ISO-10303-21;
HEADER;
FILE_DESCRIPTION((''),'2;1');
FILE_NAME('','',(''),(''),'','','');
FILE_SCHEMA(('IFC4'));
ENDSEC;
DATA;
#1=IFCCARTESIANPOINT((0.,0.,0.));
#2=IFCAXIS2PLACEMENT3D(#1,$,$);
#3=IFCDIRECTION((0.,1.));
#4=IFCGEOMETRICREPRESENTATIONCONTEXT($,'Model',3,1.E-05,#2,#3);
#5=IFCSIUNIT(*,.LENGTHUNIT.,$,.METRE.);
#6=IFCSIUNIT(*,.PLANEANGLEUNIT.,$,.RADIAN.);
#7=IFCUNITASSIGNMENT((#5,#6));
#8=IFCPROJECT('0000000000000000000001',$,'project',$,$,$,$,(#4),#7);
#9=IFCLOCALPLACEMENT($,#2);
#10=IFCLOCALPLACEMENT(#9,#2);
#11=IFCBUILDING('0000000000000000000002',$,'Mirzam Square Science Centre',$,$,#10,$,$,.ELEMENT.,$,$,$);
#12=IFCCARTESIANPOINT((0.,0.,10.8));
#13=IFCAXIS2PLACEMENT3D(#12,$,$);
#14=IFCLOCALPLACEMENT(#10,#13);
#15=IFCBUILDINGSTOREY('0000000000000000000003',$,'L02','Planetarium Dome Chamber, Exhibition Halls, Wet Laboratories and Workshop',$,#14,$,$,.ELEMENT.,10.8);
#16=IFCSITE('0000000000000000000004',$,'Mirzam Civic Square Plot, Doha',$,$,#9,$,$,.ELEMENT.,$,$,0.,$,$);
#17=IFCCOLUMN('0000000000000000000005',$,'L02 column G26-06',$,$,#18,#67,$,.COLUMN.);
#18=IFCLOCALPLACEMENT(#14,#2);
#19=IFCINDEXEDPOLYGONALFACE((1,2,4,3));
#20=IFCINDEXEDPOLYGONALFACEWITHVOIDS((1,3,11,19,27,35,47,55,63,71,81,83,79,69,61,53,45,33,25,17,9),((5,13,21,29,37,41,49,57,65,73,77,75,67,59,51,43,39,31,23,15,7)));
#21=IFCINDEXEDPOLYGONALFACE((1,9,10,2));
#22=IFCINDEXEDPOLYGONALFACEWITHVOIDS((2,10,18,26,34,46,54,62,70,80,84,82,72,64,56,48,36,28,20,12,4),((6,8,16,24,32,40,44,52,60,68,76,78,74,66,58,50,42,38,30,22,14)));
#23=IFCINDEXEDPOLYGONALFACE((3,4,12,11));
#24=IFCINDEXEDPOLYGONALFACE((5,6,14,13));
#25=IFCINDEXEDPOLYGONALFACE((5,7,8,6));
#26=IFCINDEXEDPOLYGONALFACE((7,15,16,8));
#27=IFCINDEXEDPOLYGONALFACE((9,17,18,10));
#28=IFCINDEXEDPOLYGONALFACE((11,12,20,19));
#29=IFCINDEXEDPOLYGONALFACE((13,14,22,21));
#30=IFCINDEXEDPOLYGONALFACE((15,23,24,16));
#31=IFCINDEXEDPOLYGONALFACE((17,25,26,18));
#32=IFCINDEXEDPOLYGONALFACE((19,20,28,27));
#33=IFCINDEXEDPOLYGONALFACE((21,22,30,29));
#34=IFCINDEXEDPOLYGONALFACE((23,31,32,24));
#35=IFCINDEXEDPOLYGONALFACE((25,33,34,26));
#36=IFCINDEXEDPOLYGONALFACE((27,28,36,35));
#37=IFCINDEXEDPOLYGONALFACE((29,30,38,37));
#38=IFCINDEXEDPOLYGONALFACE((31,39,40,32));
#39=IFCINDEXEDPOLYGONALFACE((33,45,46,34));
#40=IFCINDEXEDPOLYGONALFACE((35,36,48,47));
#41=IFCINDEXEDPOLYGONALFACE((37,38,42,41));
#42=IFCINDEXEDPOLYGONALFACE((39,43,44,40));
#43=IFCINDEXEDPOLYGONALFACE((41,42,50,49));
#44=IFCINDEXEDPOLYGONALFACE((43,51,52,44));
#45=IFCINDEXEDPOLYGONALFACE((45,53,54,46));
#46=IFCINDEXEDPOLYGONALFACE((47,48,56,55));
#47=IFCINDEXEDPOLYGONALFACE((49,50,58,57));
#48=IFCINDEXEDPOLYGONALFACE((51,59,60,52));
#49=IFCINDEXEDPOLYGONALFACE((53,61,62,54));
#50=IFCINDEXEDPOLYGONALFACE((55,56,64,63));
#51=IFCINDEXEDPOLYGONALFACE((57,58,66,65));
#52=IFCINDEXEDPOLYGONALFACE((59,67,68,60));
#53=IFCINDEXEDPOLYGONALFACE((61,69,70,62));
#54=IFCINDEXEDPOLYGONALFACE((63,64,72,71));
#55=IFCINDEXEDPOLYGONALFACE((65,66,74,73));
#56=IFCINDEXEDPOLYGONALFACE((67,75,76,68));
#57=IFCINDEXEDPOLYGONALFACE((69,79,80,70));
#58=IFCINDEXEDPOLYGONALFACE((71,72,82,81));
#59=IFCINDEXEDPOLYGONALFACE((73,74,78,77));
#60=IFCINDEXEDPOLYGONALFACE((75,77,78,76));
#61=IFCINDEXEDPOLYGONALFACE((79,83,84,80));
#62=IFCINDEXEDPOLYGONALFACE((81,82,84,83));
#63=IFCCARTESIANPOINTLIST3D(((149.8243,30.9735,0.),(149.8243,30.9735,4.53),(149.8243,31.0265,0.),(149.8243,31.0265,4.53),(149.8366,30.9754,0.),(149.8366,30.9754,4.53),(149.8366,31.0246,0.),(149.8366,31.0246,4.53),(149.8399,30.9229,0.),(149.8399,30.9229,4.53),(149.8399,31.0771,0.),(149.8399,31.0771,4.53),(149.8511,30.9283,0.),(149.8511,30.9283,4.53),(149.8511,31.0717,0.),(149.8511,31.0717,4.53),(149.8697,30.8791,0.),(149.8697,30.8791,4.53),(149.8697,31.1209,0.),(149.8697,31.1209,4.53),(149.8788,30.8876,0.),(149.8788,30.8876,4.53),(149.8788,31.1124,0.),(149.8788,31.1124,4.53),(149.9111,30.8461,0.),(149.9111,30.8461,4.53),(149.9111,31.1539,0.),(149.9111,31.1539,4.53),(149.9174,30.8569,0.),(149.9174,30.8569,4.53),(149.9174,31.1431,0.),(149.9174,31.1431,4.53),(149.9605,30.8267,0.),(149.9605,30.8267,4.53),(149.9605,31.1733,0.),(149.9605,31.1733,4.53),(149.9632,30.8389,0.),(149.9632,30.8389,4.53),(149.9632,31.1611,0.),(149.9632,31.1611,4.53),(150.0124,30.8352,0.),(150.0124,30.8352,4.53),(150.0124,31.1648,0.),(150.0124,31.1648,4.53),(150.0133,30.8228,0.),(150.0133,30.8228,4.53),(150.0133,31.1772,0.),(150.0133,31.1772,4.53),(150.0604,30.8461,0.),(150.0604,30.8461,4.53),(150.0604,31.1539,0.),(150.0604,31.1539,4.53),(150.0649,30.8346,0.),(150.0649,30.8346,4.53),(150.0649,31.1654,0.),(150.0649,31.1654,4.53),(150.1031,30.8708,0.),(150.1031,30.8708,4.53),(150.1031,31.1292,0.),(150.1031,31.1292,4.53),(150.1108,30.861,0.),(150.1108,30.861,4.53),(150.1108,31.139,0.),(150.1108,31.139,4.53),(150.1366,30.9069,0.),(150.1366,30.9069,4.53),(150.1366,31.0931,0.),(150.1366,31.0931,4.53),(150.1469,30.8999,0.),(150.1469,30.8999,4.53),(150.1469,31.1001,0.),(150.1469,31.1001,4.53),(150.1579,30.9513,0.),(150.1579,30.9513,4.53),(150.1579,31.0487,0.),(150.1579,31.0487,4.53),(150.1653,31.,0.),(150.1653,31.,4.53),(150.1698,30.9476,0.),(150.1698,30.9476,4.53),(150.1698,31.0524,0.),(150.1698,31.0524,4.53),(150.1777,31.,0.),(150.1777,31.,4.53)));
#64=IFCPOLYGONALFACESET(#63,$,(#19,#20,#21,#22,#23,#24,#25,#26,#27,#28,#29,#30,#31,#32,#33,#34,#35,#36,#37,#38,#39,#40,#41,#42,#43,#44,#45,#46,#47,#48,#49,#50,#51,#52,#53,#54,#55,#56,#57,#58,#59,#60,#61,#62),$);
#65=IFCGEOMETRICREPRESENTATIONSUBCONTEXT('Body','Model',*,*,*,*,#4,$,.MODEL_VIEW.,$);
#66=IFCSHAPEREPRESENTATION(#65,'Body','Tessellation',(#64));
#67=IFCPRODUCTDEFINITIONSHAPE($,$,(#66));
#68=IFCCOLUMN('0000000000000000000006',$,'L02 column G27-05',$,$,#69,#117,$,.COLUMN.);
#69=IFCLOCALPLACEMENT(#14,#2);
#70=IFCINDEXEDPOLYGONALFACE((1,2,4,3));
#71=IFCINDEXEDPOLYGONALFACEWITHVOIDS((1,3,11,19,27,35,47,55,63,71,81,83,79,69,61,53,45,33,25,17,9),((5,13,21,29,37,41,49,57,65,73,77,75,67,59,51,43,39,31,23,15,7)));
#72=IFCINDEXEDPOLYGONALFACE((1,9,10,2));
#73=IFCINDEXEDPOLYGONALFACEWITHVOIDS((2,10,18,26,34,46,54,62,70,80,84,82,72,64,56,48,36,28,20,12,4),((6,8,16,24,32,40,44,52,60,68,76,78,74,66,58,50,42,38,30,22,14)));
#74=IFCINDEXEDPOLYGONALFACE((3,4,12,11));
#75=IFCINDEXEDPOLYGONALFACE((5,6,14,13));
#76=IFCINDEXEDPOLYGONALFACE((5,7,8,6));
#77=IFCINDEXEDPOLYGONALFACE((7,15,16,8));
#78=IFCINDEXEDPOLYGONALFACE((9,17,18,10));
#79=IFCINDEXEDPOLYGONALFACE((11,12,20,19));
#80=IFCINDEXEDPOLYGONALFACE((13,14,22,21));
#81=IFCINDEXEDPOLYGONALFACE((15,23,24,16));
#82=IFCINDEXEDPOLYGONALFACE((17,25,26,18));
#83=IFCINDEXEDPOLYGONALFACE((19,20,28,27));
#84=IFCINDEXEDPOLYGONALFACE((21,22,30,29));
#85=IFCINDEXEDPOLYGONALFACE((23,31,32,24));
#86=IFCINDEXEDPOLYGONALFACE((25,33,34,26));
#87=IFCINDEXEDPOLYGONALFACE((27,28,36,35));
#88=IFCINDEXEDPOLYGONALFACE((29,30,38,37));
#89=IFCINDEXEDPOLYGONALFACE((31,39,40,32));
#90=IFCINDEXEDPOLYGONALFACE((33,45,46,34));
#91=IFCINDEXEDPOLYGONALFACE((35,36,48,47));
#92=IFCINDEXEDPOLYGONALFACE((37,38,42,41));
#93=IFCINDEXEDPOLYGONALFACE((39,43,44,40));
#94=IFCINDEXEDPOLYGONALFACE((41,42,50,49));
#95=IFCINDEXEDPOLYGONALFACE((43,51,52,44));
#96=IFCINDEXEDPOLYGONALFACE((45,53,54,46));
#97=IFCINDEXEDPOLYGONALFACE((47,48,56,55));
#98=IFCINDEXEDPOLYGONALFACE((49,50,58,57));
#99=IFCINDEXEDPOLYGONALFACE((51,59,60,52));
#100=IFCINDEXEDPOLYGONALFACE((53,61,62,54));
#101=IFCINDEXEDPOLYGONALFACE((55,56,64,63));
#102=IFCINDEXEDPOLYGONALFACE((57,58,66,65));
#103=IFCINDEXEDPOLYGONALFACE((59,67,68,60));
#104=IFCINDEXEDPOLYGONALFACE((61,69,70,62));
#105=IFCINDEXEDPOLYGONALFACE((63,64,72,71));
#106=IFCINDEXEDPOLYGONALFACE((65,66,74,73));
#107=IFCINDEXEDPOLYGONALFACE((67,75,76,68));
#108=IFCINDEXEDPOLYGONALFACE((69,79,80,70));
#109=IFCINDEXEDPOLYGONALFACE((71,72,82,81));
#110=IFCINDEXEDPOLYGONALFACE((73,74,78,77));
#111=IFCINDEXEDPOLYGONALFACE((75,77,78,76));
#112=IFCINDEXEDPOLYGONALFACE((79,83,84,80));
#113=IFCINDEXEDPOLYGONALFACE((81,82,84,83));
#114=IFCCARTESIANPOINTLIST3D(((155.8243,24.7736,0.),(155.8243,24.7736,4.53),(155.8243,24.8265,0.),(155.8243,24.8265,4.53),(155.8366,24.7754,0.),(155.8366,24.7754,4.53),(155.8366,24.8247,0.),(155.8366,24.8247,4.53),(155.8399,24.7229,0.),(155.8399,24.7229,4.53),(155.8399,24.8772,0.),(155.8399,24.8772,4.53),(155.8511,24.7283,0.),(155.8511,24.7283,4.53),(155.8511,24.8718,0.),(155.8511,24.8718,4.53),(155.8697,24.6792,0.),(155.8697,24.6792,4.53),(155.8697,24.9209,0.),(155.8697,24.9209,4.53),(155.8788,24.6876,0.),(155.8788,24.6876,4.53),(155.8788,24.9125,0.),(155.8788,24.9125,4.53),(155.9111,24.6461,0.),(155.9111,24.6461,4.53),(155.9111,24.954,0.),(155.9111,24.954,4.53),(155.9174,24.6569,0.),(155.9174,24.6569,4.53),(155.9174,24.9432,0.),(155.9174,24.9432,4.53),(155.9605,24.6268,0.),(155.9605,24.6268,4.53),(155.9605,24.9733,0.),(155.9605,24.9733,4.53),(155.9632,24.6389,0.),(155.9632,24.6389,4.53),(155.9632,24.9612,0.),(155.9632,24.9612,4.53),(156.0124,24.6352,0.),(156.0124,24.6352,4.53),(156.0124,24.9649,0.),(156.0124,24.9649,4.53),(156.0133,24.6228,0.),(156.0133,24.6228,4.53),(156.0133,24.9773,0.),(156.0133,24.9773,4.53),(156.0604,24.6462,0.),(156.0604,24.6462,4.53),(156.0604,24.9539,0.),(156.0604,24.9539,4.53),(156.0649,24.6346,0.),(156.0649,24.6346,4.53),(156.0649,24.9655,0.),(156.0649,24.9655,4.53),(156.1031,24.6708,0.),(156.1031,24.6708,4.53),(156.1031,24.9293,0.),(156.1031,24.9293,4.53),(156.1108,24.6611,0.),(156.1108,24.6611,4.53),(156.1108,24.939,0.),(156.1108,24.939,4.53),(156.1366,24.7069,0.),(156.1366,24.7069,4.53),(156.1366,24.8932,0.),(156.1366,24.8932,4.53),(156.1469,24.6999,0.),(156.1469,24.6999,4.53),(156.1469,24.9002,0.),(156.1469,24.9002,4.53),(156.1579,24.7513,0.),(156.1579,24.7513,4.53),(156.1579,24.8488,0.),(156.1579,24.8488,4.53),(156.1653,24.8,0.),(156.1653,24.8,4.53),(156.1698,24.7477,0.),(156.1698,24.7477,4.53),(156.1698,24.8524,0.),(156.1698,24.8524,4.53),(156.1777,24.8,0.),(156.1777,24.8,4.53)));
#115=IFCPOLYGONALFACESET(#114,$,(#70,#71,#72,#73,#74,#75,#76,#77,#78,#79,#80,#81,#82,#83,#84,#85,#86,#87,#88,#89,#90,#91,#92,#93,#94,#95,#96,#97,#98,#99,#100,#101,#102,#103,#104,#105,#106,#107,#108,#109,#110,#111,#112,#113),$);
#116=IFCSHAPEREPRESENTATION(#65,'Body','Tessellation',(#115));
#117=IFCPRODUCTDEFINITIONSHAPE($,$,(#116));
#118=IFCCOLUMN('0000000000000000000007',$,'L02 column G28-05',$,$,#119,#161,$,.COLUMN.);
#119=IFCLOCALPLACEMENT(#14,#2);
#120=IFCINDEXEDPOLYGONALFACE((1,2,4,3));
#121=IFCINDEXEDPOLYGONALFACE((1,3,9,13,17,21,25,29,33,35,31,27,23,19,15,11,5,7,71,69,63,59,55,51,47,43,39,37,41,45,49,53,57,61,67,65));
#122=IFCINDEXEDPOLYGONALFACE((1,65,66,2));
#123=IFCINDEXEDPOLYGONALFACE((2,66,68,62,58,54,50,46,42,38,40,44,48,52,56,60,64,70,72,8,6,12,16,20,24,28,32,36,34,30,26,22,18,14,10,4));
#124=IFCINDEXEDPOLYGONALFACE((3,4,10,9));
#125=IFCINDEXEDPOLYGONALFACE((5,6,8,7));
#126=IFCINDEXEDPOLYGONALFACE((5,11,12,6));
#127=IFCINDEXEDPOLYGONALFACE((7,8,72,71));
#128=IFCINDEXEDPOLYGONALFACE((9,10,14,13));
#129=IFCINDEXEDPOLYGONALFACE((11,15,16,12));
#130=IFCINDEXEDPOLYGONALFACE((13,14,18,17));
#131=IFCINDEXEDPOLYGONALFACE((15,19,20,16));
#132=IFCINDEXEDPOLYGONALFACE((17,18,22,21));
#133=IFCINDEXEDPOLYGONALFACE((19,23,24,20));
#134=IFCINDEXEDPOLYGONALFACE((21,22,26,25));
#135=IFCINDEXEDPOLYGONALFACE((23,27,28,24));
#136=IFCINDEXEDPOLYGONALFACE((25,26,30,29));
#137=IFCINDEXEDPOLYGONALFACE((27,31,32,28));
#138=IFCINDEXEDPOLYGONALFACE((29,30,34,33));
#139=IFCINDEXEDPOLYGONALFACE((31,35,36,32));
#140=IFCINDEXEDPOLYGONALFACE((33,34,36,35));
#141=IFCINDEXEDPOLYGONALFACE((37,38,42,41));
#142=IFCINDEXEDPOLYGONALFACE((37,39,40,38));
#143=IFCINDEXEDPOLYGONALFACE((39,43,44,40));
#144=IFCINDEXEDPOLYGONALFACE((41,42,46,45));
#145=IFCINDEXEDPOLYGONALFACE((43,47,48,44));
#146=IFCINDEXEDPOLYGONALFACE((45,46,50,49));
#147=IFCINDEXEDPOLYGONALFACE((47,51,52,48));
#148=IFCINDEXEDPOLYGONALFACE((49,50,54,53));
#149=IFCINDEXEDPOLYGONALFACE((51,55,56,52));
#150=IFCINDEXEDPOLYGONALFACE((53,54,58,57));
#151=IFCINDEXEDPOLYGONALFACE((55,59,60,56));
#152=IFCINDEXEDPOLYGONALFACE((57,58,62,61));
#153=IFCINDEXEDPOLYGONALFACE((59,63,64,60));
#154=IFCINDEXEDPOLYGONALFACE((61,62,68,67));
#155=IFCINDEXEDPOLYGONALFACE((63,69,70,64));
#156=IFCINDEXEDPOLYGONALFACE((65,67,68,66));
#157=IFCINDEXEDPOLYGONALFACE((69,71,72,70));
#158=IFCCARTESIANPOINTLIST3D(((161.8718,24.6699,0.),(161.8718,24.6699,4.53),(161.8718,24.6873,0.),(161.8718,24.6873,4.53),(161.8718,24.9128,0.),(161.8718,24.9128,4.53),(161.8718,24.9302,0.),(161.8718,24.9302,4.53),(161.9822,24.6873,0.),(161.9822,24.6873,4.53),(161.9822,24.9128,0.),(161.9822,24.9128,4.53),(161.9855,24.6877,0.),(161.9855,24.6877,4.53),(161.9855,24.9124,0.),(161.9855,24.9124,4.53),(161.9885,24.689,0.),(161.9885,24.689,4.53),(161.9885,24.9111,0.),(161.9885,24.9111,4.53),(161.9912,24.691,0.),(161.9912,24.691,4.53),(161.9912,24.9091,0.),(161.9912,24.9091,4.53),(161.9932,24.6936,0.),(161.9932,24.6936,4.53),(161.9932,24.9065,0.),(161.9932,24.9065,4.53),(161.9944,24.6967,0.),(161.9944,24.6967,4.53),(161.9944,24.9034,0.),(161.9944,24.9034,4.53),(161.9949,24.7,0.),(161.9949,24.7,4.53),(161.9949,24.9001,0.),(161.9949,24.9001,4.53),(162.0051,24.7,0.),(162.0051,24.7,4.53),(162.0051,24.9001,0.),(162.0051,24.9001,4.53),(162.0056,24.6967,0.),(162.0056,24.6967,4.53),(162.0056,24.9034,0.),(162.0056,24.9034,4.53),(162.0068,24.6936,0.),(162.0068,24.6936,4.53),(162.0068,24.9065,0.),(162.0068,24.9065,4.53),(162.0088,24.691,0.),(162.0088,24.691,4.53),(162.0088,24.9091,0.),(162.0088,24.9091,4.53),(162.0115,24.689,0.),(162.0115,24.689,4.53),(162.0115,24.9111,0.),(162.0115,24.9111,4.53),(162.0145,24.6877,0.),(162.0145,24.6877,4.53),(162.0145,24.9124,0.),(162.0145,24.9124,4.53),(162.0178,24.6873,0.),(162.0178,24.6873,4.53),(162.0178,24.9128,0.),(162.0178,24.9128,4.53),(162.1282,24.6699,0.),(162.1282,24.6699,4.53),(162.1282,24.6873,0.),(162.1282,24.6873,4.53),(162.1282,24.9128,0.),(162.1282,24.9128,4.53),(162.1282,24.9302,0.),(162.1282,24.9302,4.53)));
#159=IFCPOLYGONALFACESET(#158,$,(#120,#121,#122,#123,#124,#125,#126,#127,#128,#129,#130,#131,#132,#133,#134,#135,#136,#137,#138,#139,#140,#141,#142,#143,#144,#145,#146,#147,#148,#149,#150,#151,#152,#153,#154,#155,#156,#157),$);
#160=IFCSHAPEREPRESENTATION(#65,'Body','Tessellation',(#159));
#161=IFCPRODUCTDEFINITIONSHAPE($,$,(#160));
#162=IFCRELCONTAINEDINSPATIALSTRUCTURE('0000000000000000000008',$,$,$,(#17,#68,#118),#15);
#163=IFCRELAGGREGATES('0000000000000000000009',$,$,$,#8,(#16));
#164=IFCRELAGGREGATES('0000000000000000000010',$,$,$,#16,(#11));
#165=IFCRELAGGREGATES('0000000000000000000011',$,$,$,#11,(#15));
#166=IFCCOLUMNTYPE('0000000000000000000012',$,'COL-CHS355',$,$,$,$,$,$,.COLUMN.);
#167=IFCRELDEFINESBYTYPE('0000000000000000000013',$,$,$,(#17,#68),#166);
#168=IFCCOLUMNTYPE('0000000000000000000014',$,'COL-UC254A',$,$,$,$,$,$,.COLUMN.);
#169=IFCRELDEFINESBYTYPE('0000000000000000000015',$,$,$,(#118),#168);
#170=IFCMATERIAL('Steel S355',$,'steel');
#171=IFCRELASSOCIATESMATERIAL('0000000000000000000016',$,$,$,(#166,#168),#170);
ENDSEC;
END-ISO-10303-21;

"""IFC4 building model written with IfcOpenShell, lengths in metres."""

from ifc_helpers import new_model, si_unit, direction, frame, origin, origin_2d, place, context, subcontext, project, spatial, hollow_circle, i_section, extrude, material, material_profile, profile_set, type_object, element, save


model = new_model("IFC4")

# Units and contexts
model_context = context("Model", 3, precision=1e-05, world=origin(), true_north=direction((0.0, 1.0)))
body_context = subcontext(model_context, "Body", "Model", "MODEL_VIEW")
ifc_project = project(units=[si_unit("LENGTHUNIT", "METRE"), si_unit("PLANEANGLEUNIT", "RADIAN")], contexts=[model_context])

# Site, building, storey
site_placement = place(None, origin())
site = spatial("IfcSite", under=ifc_project, at=site_placement, Name="Mirzam Civic Square Plot, Doha", CompositionType="ELEMENT", RefElevation=0.0)
building_placement = place(site_placement, origin())
building = spatial("IfcBuilding", under=site, at=building_placement, Name="Mirzam Square Science Centre", CompositionType="ELEMENT")
storey_placement = place(building_placement, frame((0.0, 0.0, 10.8)))
storey = spatial("IfcBuildingStorey", under=building, at=storey_placement, Name="L02", Description="Planetarium Dome Chamber, Exhibition Halls, Wet Laboratories and Workshop", CompositionType="ELEMENT", Elevation=10.8)

# Columns
ifc_material_1 = material(Name="Steel S355", Category="steel")
ifc_material_profile_1 = material_profile(ifc_material_1, hollow_circle(Radius=0.1777, WallThickness=0.0125, at=origin_2d()), Name="355.6x12.5CHS")
ifc_profile_set_1 = profile_set([ifc_material_profile_1], Name="Steel S355")
column_type_1 = type_object("IfcColumnType", Name="COL-CHS355", PredefinedType="COLUMN", material=ifc_profile_set_1)
for number, where, z_axis, x_axis, name in (
    (1, (150.0, 31.0, 0.0), (0.0, 0.0, 1.0), (1.0, 0.0, 0.0), "L02 column G26-06"),
    (2, (156.0, 24.8, 0.0), (0.0, 0.0, 1.0), (1.0, 0.0, 0.0), "L02 column G27-05"),
):
    element("IfcColumn", number, at=place(storey_placement, frame(where, z_axis=z_axis, x_axis=x_axis)), inside=storey, type_object=column_type_1, Name=name, PredefinedType="COLUMN", context=body_context, shape_type="SweptSolid", body=[
        extrude(hollow_circle(Radius=0.1777, WallThickness=0.0125, at=origin_2d()), origin(), (0.0, 0.0, 1.0), 4.53),
    ])
ifc_material_profile_2 = material_profile(ifc_material_1, i_section(OverallWidth=0.2563, OverallDepth=0.2603, WebThickness=0.0103, FlangeThickness=0.0173, FilletRadius=0.0127, at=origin_2d()), Name="254x254x89UC")
ifc_profile_set_2 = profile_set([ifc_material_profile_2], Name="Steel S355")
column_type_2 = type_object("IfcColumnType", Name="COL-UC254A", PredefinedType="COLUMN", material=ifc_profile_set_2)
column_placement = place(storey_placement, frame((162.0, 24.8, 0.0), z_axis=(0.0, 0.0, 1.0), x_axis=(1.0, 0.0, 0.0)))
element("IfcColumn", 3, at=column_placement, inside=storey, type_object=column_type_2, Name="L02 column G28-05", PredefinedType="COLUMN", context=body_context, shape_type="SweptSolid", body=[
    extrude(i_section(OverallWidth=0.2563, OverallDepth=0.2603, WebThickness=0.0103, FlangeThickness=0.0173, FilletRadius=0.0127, at=origin_2d()), origin(), (0.0, 0.0, 1.0), 4.53),
])

save(model, "model.ifc")
